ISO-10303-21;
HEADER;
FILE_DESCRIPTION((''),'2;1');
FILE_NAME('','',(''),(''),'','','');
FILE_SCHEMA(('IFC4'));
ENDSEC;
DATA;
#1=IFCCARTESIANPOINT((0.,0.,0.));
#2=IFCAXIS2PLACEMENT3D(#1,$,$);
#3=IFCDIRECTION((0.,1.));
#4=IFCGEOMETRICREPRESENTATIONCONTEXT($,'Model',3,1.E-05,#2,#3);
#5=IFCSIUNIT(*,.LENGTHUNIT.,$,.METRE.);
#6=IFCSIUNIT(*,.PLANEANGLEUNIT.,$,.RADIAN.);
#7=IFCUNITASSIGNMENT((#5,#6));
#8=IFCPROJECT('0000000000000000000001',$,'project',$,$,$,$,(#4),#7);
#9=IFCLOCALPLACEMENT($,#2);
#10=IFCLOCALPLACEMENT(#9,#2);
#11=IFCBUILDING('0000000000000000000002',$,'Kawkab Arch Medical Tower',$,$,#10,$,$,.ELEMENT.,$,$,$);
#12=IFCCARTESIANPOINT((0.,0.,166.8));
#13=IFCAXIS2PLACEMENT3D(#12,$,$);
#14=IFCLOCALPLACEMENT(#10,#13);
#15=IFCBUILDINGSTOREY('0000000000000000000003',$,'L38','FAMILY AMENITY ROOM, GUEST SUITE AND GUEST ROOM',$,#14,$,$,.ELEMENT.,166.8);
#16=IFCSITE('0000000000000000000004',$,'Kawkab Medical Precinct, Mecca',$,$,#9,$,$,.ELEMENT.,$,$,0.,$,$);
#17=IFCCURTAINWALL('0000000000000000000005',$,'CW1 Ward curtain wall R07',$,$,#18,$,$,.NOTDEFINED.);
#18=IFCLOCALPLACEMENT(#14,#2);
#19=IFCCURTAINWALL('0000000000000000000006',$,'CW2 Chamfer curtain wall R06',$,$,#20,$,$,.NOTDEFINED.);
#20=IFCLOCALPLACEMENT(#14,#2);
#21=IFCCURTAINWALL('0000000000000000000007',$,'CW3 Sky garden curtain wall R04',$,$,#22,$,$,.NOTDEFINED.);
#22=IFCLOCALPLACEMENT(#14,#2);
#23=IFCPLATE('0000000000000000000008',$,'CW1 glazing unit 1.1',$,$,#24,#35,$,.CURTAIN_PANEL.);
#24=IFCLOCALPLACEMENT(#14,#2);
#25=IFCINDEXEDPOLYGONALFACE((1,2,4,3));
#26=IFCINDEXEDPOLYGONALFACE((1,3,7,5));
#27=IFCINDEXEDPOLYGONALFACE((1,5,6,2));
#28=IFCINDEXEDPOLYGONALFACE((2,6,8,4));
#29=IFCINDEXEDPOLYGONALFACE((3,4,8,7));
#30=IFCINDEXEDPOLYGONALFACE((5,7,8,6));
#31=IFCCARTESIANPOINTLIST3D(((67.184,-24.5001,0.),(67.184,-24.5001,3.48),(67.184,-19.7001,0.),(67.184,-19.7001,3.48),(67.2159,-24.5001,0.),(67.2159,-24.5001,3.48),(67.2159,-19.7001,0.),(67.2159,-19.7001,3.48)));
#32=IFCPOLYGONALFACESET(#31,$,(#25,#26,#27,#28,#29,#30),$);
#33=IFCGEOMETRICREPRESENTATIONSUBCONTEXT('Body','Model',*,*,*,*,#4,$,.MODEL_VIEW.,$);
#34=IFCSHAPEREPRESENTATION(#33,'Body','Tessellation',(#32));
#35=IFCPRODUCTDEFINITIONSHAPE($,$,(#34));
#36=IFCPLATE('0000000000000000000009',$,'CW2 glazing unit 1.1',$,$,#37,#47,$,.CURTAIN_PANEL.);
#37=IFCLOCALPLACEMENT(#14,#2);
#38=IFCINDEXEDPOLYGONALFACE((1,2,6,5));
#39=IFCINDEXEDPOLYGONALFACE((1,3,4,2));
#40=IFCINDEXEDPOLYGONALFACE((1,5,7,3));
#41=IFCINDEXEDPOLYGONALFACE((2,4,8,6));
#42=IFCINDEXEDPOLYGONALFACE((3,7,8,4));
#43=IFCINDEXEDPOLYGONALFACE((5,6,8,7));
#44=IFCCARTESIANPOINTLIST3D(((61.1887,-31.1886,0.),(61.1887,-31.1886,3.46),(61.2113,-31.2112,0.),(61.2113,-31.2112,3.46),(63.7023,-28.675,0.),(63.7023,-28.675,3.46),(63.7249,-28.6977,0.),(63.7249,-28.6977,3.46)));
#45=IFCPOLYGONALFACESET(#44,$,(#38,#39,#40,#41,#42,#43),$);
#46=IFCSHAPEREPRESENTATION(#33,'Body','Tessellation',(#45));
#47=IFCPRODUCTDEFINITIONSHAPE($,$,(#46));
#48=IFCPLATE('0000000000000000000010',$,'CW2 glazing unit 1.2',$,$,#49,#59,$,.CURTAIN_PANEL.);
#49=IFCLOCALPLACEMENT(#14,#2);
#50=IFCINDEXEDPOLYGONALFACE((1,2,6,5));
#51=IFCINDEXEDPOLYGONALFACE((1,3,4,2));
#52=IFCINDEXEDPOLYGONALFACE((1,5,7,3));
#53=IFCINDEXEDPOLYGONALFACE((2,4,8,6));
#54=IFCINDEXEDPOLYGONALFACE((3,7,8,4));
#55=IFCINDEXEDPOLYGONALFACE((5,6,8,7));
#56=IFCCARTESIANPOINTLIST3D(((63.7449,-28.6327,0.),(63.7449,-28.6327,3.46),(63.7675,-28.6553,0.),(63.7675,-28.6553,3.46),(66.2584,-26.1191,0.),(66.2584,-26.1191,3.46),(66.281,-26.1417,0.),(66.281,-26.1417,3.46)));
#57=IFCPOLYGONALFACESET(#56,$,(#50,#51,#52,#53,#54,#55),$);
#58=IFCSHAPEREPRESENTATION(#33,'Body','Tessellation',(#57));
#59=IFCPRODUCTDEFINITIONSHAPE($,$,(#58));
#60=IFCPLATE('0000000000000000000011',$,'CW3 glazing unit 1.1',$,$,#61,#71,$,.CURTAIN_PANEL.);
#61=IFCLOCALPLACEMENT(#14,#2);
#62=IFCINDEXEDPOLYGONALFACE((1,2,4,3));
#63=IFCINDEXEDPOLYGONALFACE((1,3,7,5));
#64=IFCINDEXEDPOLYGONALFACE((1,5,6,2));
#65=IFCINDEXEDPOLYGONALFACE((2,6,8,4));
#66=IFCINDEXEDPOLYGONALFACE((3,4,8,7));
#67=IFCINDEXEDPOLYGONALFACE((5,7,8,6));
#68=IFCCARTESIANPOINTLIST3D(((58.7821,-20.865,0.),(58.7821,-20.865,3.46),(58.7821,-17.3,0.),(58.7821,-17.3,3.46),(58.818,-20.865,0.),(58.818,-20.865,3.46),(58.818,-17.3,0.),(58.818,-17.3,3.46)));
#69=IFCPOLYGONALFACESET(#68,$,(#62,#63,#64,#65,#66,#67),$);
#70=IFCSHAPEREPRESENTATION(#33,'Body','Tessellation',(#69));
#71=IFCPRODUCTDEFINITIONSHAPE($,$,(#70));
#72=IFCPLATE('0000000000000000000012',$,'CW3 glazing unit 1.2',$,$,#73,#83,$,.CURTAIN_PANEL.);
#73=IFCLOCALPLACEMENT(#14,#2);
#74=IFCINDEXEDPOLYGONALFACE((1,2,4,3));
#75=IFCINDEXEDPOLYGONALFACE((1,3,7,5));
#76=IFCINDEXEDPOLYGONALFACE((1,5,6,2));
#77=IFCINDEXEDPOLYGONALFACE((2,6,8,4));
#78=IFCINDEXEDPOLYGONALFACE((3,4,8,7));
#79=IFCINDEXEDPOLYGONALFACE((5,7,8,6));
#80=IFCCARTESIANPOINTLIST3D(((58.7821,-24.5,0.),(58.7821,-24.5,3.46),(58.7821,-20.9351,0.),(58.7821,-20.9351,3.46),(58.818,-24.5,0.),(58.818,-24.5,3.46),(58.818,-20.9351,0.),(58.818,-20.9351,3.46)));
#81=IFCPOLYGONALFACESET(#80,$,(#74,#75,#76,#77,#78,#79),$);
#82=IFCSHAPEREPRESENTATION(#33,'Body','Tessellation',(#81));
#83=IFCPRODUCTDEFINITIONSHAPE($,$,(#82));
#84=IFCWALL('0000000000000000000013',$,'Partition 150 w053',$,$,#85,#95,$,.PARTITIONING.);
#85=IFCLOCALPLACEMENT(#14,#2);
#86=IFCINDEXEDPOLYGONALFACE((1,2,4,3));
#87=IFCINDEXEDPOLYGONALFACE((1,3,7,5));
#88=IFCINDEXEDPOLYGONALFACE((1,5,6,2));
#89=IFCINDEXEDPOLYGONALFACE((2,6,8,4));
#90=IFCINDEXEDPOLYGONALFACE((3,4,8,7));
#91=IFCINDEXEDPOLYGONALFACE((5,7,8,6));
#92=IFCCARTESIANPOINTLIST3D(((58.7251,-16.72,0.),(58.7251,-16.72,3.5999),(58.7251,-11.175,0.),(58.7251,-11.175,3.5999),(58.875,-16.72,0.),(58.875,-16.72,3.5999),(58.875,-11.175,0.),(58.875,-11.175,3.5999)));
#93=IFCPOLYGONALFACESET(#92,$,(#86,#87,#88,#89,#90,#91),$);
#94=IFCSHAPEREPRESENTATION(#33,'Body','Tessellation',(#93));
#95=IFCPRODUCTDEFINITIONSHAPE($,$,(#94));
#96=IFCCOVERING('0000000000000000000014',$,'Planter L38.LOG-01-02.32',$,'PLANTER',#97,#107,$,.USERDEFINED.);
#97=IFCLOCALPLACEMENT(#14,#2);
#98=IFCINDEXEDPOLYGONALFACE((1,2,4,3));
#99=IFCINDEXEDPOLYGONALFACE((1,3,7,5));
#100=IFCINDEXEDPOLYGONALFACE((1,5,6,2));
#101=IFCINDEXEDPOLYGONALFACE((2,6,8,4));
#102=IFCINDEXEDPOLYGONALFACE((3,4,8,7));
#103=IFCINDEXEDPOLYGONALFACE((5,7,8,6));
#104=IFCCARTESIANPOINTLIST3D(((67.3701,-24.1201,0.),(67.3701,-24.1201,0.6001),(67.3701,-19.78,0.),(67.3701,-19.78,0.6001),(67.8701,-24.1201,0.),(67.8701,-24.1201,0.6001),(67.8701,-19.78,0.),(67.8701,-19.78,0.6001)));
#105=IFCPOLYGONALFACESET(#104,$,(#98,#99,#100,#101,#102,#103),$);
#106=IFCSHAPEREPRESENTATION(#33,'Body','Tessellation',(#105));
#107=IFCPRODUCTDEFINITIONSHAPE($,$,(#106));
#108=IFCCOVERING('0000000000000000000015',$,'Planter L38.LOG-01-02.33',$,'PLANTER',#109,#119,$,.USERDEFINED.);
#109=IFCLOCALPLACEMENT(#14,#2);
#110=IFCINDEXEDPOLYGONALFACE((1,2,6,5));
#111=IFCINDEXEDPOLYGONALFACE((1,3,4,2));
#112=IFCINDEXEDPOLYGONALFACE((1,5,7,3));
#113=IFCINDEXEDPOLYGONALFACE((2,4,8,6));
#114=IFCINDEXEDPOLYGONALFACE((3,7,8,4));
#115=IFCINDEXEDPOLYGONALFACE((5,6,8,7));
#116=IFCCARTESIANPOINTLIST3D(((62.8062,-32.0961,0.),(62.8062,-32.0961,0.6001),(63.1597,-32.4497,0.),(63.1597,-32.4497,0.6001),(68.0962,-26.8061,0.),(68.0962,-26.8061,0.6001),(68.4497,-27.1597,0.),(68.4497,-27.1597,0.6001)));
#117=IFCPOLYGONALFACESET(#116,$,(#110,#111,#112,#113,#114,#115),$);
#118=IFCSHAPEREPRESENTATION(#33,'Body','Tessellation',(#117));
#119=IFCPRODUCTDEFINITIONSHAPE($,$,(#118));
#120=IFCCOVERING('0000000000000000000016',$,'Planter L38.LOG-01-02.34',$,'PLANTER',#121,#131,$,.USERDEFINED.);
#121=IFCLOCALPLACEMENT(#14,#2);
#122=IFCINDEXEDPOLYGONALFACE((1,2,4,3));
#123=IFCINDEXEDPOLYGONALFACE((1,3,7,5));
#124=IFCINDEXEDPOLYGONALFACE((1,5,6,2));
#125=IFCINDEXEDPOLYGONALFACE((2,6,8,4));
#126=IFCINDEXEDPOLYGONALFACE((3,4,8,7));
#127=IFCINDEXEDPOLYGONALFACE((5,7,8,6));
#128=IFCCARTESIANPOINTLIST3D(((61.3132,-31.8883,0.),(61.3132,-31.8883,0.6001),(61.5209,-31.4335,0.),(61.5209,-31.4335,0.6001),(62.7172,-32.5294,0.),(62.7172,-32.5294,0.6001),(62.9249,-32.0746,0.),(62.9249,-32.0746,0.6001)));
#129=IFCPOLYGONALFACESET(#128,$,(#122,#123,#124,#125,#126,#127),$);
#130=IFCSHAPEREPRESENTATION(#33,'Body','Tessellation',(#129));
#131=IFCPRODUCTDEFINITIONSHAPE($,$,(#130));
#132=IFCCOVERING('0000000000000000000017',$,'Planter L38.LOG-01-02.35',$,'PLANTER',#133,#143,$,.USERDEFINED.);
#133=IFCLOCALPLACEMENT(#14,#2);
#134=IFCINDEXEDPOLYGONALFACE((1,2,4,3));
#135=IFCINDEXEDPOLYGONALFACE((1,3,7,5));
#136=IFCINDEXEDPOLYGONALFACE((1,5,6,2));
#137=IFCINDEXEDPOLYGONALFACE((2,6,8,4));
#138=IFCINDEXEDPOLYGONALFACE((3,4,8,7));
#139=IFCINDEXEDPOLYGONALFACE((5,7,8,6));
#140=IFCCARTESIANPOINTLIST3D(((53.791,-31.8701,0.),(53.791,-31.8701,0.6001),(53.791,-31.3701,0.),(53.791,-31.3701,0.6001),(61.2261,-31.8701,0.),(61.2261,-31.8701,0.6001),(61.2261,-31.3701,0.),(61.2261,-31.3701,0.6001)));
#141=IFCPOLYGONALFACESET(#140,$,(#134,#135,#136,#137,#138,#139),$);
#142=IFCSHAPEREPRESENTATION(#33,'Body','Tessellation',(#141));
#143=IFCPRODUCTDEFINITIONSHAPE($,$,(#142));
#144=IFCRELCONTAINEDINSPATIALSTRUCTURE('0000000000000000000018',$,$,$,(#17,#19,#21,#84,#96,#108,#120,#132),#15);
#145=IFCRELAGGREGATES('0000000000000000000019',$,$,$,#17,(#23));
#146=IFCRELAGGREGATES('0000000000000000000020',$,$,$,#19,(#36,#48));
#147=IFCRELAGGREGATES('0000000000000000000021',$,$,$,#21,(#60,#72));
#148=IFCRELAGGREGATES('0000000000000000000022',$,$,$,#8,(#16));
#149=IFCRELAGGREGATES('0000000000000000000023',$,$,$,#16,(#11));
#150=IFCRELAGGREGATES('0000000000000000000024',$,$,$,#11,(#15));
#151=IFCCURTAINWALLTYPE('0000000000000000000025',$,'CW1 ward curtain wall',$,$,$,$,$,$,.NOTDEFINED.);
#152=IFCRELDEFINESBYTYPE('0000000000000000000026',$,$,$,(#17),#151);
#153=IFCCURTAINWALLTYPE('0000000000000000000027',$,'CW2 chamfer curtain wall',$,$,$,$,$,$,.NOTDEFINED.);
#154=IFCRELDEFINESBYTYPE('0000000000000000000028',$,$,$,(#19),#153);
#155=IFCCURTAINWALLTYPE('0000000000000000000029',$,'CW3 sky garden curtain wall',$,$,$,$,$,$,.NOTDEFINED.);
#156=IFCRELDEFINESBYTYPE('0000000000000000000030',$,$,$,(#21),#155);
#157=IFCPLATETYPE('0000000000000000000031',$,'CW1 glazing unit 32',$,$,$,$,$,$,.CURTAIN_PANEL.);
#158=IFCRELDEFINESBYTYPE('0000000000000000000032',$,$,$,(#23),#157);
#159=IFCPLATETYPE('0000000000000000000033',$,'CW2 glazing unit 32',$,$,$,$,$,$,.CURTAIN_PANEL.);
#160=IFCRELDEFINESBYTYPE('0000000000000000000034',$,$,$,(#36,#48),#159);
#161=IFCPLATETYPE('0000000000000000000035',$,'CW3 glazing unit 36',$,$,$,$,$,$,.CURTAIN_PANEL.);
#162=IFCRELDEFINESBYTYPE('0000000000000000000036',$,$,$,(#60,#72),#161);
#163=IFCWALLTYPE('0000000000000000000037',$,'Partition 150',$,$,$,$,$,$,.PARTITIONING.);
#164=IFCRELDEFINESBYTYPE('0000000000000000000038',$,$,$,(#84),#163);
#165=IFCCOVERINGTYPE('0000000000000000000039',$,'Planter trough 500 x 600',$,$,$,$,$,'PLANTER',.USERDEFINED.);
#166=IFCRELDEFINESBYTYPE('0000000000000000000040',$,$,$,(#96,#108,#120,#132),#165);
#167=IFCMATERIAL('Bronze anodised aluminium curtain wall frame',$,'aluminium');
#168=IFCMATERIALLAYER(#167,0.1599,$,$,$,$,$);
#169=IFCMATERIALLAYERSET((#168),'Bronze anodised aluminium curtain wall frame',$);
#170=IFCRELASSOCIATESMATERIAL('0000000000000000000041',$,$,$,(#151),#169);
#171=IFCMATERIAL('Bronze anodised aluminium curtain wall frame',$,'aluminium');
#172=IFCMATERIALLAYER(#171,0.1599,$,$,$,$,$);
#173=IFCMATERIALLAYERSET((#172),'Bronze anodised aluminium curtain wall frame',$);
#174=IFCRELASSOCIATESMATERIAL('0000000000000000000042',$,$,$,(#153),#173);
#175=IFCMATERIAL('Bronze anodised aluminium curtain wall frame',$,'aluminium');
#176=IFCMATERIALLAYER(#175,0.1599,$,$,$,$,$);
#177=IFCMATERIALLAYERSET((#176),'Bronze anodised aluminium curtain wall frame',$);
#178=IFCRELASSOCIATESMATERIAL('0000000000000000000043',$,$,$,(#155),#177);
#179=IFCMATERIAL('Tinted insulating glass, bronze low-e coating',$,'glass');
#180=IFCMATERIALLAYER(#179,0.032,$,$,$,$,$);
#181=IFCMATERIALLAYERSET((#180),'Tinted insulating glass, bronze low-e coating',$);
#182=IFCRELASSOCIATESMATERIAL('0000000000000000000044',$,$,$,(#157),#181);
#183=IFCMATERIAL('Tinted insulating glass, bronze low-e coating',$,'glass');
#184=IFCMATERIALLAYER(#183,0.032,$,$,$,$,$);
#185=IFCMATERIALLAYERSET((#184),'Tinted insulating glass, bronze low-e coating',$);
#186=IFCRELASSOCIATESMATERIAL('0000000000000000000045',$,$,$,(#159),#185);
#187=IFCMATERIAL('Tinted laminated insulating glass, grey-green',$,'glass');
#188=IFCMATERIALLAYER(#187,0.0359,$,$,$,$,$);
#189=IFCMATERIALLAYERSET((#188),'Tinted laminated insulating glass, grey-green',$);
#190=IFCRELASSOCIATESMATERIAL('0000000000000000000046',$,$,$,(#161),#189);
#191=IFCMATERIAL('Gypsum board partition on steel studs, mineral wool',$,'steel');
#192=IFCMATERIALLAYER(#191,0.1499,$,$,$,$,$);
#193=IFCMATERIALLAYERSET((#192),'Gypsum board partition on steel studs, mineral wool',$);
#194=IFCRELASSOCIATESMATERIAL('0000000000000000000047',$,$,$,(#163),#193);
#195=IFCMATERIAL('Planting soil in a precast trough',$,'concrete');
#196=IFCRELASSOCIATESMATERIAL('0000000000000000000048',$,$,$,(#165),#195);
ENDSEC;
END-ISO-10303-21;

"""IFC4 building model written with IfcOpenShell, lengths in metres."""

from ifc_helpers import new_model, si_unit, direction, frame, frame_2d, origin, origin_2d, place, context, subcontext, project, spatial, rectangle, extrude, material, layer, layer_set, material_profile, profile_set, type_object, element, aggregate, save


model = new_model("IFC4")

# Units and contexts
model_context = context("Model", 3, precision=1e-05, world=origin(), true_north=direction((0.0, 1.0)))
body_context = subcontext(model_context, "Body", "Model", "MODEL_VIEW")
ifc_project = project(units=[si_unit("LENGTHUNIT", "METRE"), si_unit("PLANEANGLEUNIT", "RADIAN")], contexts=[model_context])

# Site, building, storey
site_placement = place(None, origin())
site = spatial("IfcSite", under=ifc_project, at=site_placement, Name="Kawkab Medical Precinct, Mecca", CompositionType="ELEMENT", RefElevation=0.0)
building_placement = place(site_placement, origin())
building = spatial("IfcBuilding", under=site, at=building_placement, Name="Kawkab Arch Medical Tower", CompositionType="ELEMENT")
storey_placement = place(building_placement, frame((0.0, 0.0, 166.8)))
storey = spatial("IfcBuildingStorey", under=building, at=storey_placement, Name="L38", Description="FAMILY AMENITY ROOM, GUEST SUITE AND GUEST ROOM", CompositionType="ELEMENT", Elevation=166.8)

# Curtain walls
ifc_material_1 = material(Name="Bronze anodised aluminium curtain wall frame", Category="aluminium")
ifc_layer_1 = layer(ifc_material_1, 0.1599)
ifc_layer_set_1 = layer_set([ifc_layer_1], Name="Bronze anodised aluminium curtain wall frame")
curtain_wall_type_1 = type_object("IfcCurtainWallType", Name="CW1 ward curtain wall", PredefinedType="NOTDEFINED", material=ifc_layer_set_1)
placement = place(storey_placement, origin())
curtain_wall_1 = element("IfcCurtainWall", 1, at=placement, inside=storey, type_object=curtain_wall_type_1, Name="CW1 Ward curtain wall R07", PredefinedType="NOTDEFINED")
ifc_material_2 = material(Name="Bronze anodised aluminium curtain wall frame", Category="aluminium")
ifc_layer_2 = layer(ifc_material_2, 0.1599)
ifc_layer_set_2 = layer_set([ifc_layer_2], Name="Bronze anodised aluminium curtain wall frame")
curtain_wall_type_2 = type_object("IfcCurtainWallType", Name="CW2 chamfer curtain wall", PredefinedType="NOTDEFINED", material=ifc_layer_set_2)
curtain_wall_2 = element("IfcCurtainWall", 2, at=placement, inside=storey, type_object=curtain_wall_type_2, Name="CW2 Chamfer curtain wall R06", PredefinedType="NOTDEFINED")
ifc_material_3 = material(Name="Bronze anodised aluminium curtain wall frame", Category="aluminium")
ifc_layer_3 = layer(ifc_material_3, 0.1599)
ifc_layer_set_3 = layer_set([ifc_layer_3], Name="Bronze anodised aluminium curtain wall frame")
curtain_wall_type_3 = type_object("IfcCurtainWallType", Name="CW3 sky garden curtain wall", PredefinedType="NOTDEFINED", material=ifc_layer_set_3)
curtain_wall_3 = element("IfcCurtainWall", 3, at=placement, inside=storey, type_object=curtain_wall_type_3, Name="CW3 Sky garden curtain wall R04", PredefinedType="NOTDEFINED")

# Shared definitions
ifc_material_4 = material(Name="Tinted insulating glass, bronze low-e coating", Category="glass")
ifc_layer_4 = layer(ifc_material_4, 0.032)
ifc_layer_set_4 = layer_set([ifc_layer_4], Name="Tinted insulating glass, bronze low-e coating")
plate_type_1 = type_object("IfcPlateType", Name="CW1 glazing unit 32", PredefinedType="CURTAIN_PANEL", material=ifc_layer_set_4)

# Plates
plate_1_placement = place(storey_placement, frame((67.2, -22.1001, 0.0), z_axis=(0.0, 0.0, 1.0), x_axis=(0.0, 1.0, 0.0)))
plate_1 = element("IfcPlate", 4, at=plate_1_placement, type_object=plate_type_1, Name="CW1 glazing unit 1.1", PredefinedType="CURTAIN_PANEL", context=body_context, shape_type="SweptSolid", body=[
    extrude(rectangle(XDim=4.8, YDim=0.032, at=origin_2d()), origin(), (0.0, 0.0, 1.0), 3.48),
])
aggregate(curtain_wall_1, [plate_1])
ifc_material_5 = material(Name="Tinted insulating glass, bronze low-e coating", Category="glass")
ifc_layer_5 = layer(ifc_material_5, 0.032)
ifc_layer_set_5 = layer_set([ifc_layer_5], Name="Tinted insulating glass, bronze low-e coating")
plate_type_2 = type_object("IfcPlateType", Name="CW2 glazing unit 32", PredefinedType="CURTAIN_PANEL", material=ifc_layer_set_5)
plate_2_placement = place(storey_placement, frame((62.4568, -29.9431, 0.0), z_axis=(0.0, 0.0, 1.0), x_axis=(0.707107, 0.707107, 0.0)))
plate_2 = element("IfcPlate", 5, at=plate_2_placement, type_object=plate_type_2, Name="CW2 glazing unit 1.1", PredefinedType="CURTAIN_PANEL", context=body_context, shape_type="SweptSolid", body=[
    extrude(rectangle(XDim=3.5547, YDim=0.032, at=origin_2d()), origin(), (0.0, 0.0, 1.0), 3.46),
])
plate_3_placement = place(storey_placement, frame((65.0129, -27.3872, 0.0), z_axis=(0.0, 0.0, 1.0), x_axis=(0.707107, 0.707107, 0.0)))
plate_3 = element("IfcPlate", 6, at=plate_3_placement, type_object=plate_type_2, Name="CW2 glazing unit 1.2", PredefinedType="CURTAIN_PANEL", context=body_context, shape_type="SweptSolid", body=[
    extrude(rectangle(XDim=3.5547, YDim=0.032, at=origin_2d()), origin(), (0.0, 0.0, 1.0), 3.46),
])
aggregate(curtain_wall_2, [plate_2, plate_3])
ifc_material_6 = material(Name="Tinted laminated insulating glass, grey-green", Category="glass")
ifc_layer_6 = layer(ifc_material_6, 0.0359)
ifc_layer_set_6 = layer_set([ifc_layer_6], Name="Tinted laminated insulating glass, grey-green")
plate_type_3 = type_object("IfcPlateType", Name="CW3 glazing unit 36", PredefinedType="CURTAIN_PANEL", material=ifc_layer_set_6)
plate_4_placement = place(storey_placement, frame((58.8, -19.0825, 0.0), z_axis=(0.0, 0.0, 1.0), x_axis=(0.0, -1.0, 0.0)))
plate_4 = element("IfcPlate", 7, at=plate_4_placement, type_object=plate_type_3, Name="CW3 glazing unit 1.1", PredefinedType="CURTAIN_PANEL", context=body_context, shape_type="SweptSolid", body=[
    extrude(rectangle(XDim=3.5649, YDim=0.0359, at=origin_2d()), origin(), (0.0, 0.0, 1.0), 3.46),
])
plate_5_placement = place(storey_placement, frame((58.8, -22.7175, 0.0), z_axis=(0.0, 0.0, 1.0), x_axis=(0.0, -1.0, 0.0)))
plate_5 = element("IfcPlate", 8, at=plate_5_placement, type_object=plate_type_3, Name="CW3 glazing unit 1.2", PredefinedType="CURTAIN_PANEL", context=body_context, shape_type="SweptSolid", body=[
    extrude(rectangle(XDim=3.5649, YDim=0.0359, at=origin_2d()), origin(), (0.0, 0.0, 1.0), 3.46),
])
aggregate(curtain_wall_3, [plate_4, plate_5])

# Wall
ifc_material_7 = material(Name="Gypsum board partition on steel studs, mineral wool", Category="steel")
ifc_layer_7 = layer(ifc_material_7, 0.1499)
ifc_layer_set_7 = layer_set([ifc_layer_7], Name="Gypsum board partition on steel studs, mineral wool")
wall_type = type_object("IfcWallType", Name="Partition 150", PredefinedType="PARTITIONING", material=ifc_layer_set_7)
wall_placement = place(storey_placement, frame((58.8, -16.72, 0.0), z_axis=(0.0, 0.0, 1.0), x_axis=(0.0, 1.0, 0.0)))
element("IfcWall", 9, at=wall_placement, inside=storey, type_object=wall_type, Name="Partition 150 w053", PredefinedType="PARTITIONING", context=body_context, shape_type="SweptSolid", body=[
    extrude(rectangle(XDim=5.5449, YDim=0.1499, at=frame_2d((2.7725, 0.0))), origin(), (0.0, 0.0, 1.0), 3.5999),
])

# Coverings
ifc_material_8 = material(Name="Planting soil in a precast trough", Category="concrete")
ifc_material_profile_1 = material_profile(ifc_material_8, rectangle(XDim=0.5, YDim=0.6001, at=origin_2d()), Name="Trough 500x600")
ifc_profile_set_1 = profile_set([ifc_material_profile_1], Name="Planting soil in a precast trough")
covering_type = type_object("IfcCoveringType", Name="Planter trough 500 x 600", ElementType="PLANTER", PredefinedType="USERDEFINED", material=ifc_profile_set_1)
covering_1_placement = place(storey_placement, frame((67.6201, -19.78, 0.3), z_axis=(0.0, -1.0, 0.0), x_axis=(1.0, 0.0, 0.0)))
element("IfcCovering", 10, at=covering_1_placement, inside=storey, type_object=covering_type, Name="Planter L38.LOG-01-02.32", ObjectType="PLANTER", PredefinedType="USERDEFINED", context=body_context, shape_type="SweptSolid", body=[
    extrude(rectangle(XDim=0.5, YDim=0.6001, at=origin_2d()), origin(), (0.0, 0.0, 1.0), 4.3401),
])
covering_2_placement = place(storey_placement, frame((68.2729, -26.9829, 0.3), z_axis=(-0.707107, -0.707107, 0.0), x_axis=(0.707107, -0.707107, 0.0)))
element("IfcCovering", 11, at=covering_2_placement, inside=storey, type_object=covering_type, Name="Planter L38.LOG-01-02.33", ObjectType="PLANTER", PredefinedType="USERDEFINED", context=body_context, shape_type="SweptSolid", body=[
    extrude(rectangle(XDim=0.5, YDim=0.6001, at=origin_2d()), origin(), (0.0, 0.0, 1.0), 7.4812),
])
covering_3_placement = place(storey_placement, frame((62.821, -32.302, 0.3), z_axis=(-0.909656, 0.415363, 0.0), x_axis=(-0.415363, -0.909656, 0.0)))
element("IfcCovering", 12, at=covering_3_placement, inside=storey, type_object=covering_type, Name="Planter L38.LOG-01-02.34", ObjectType="PLANTER", PredefinedType="USERDEFINED", context=body_context, shape_type="SweptSolid", body=[
    extrude(rectangle(XDim=0.5, YDim=0.6001, at=origin_2d()), origin(), (0.0, 0.0, 1.0), 1.5435),
])
covering_4_placement = place(storey_placement, frame((61.2261, -31.6201, 0.3), z_axis=(-1.0, 0.0, 0.0), x_axis=(0.0, -1.0, 0.0)))
element("IfcCovering", 13, at=covering_4_placement, inside=storey, type_object=covering_type, Name="Planter L38.LOG-01-02.35", ObjectType="PLANTER", PredefinedType="USERDEFINED", context=body_context, shape_type="SweptSolid", body=[
    extrude(rectangle(XDim=0.5, YDim=0.6001, at=origin_2d()), origin(), (0.0, 0.0, 1.0), 7.4351),
])

save(model, "model.ifc")
